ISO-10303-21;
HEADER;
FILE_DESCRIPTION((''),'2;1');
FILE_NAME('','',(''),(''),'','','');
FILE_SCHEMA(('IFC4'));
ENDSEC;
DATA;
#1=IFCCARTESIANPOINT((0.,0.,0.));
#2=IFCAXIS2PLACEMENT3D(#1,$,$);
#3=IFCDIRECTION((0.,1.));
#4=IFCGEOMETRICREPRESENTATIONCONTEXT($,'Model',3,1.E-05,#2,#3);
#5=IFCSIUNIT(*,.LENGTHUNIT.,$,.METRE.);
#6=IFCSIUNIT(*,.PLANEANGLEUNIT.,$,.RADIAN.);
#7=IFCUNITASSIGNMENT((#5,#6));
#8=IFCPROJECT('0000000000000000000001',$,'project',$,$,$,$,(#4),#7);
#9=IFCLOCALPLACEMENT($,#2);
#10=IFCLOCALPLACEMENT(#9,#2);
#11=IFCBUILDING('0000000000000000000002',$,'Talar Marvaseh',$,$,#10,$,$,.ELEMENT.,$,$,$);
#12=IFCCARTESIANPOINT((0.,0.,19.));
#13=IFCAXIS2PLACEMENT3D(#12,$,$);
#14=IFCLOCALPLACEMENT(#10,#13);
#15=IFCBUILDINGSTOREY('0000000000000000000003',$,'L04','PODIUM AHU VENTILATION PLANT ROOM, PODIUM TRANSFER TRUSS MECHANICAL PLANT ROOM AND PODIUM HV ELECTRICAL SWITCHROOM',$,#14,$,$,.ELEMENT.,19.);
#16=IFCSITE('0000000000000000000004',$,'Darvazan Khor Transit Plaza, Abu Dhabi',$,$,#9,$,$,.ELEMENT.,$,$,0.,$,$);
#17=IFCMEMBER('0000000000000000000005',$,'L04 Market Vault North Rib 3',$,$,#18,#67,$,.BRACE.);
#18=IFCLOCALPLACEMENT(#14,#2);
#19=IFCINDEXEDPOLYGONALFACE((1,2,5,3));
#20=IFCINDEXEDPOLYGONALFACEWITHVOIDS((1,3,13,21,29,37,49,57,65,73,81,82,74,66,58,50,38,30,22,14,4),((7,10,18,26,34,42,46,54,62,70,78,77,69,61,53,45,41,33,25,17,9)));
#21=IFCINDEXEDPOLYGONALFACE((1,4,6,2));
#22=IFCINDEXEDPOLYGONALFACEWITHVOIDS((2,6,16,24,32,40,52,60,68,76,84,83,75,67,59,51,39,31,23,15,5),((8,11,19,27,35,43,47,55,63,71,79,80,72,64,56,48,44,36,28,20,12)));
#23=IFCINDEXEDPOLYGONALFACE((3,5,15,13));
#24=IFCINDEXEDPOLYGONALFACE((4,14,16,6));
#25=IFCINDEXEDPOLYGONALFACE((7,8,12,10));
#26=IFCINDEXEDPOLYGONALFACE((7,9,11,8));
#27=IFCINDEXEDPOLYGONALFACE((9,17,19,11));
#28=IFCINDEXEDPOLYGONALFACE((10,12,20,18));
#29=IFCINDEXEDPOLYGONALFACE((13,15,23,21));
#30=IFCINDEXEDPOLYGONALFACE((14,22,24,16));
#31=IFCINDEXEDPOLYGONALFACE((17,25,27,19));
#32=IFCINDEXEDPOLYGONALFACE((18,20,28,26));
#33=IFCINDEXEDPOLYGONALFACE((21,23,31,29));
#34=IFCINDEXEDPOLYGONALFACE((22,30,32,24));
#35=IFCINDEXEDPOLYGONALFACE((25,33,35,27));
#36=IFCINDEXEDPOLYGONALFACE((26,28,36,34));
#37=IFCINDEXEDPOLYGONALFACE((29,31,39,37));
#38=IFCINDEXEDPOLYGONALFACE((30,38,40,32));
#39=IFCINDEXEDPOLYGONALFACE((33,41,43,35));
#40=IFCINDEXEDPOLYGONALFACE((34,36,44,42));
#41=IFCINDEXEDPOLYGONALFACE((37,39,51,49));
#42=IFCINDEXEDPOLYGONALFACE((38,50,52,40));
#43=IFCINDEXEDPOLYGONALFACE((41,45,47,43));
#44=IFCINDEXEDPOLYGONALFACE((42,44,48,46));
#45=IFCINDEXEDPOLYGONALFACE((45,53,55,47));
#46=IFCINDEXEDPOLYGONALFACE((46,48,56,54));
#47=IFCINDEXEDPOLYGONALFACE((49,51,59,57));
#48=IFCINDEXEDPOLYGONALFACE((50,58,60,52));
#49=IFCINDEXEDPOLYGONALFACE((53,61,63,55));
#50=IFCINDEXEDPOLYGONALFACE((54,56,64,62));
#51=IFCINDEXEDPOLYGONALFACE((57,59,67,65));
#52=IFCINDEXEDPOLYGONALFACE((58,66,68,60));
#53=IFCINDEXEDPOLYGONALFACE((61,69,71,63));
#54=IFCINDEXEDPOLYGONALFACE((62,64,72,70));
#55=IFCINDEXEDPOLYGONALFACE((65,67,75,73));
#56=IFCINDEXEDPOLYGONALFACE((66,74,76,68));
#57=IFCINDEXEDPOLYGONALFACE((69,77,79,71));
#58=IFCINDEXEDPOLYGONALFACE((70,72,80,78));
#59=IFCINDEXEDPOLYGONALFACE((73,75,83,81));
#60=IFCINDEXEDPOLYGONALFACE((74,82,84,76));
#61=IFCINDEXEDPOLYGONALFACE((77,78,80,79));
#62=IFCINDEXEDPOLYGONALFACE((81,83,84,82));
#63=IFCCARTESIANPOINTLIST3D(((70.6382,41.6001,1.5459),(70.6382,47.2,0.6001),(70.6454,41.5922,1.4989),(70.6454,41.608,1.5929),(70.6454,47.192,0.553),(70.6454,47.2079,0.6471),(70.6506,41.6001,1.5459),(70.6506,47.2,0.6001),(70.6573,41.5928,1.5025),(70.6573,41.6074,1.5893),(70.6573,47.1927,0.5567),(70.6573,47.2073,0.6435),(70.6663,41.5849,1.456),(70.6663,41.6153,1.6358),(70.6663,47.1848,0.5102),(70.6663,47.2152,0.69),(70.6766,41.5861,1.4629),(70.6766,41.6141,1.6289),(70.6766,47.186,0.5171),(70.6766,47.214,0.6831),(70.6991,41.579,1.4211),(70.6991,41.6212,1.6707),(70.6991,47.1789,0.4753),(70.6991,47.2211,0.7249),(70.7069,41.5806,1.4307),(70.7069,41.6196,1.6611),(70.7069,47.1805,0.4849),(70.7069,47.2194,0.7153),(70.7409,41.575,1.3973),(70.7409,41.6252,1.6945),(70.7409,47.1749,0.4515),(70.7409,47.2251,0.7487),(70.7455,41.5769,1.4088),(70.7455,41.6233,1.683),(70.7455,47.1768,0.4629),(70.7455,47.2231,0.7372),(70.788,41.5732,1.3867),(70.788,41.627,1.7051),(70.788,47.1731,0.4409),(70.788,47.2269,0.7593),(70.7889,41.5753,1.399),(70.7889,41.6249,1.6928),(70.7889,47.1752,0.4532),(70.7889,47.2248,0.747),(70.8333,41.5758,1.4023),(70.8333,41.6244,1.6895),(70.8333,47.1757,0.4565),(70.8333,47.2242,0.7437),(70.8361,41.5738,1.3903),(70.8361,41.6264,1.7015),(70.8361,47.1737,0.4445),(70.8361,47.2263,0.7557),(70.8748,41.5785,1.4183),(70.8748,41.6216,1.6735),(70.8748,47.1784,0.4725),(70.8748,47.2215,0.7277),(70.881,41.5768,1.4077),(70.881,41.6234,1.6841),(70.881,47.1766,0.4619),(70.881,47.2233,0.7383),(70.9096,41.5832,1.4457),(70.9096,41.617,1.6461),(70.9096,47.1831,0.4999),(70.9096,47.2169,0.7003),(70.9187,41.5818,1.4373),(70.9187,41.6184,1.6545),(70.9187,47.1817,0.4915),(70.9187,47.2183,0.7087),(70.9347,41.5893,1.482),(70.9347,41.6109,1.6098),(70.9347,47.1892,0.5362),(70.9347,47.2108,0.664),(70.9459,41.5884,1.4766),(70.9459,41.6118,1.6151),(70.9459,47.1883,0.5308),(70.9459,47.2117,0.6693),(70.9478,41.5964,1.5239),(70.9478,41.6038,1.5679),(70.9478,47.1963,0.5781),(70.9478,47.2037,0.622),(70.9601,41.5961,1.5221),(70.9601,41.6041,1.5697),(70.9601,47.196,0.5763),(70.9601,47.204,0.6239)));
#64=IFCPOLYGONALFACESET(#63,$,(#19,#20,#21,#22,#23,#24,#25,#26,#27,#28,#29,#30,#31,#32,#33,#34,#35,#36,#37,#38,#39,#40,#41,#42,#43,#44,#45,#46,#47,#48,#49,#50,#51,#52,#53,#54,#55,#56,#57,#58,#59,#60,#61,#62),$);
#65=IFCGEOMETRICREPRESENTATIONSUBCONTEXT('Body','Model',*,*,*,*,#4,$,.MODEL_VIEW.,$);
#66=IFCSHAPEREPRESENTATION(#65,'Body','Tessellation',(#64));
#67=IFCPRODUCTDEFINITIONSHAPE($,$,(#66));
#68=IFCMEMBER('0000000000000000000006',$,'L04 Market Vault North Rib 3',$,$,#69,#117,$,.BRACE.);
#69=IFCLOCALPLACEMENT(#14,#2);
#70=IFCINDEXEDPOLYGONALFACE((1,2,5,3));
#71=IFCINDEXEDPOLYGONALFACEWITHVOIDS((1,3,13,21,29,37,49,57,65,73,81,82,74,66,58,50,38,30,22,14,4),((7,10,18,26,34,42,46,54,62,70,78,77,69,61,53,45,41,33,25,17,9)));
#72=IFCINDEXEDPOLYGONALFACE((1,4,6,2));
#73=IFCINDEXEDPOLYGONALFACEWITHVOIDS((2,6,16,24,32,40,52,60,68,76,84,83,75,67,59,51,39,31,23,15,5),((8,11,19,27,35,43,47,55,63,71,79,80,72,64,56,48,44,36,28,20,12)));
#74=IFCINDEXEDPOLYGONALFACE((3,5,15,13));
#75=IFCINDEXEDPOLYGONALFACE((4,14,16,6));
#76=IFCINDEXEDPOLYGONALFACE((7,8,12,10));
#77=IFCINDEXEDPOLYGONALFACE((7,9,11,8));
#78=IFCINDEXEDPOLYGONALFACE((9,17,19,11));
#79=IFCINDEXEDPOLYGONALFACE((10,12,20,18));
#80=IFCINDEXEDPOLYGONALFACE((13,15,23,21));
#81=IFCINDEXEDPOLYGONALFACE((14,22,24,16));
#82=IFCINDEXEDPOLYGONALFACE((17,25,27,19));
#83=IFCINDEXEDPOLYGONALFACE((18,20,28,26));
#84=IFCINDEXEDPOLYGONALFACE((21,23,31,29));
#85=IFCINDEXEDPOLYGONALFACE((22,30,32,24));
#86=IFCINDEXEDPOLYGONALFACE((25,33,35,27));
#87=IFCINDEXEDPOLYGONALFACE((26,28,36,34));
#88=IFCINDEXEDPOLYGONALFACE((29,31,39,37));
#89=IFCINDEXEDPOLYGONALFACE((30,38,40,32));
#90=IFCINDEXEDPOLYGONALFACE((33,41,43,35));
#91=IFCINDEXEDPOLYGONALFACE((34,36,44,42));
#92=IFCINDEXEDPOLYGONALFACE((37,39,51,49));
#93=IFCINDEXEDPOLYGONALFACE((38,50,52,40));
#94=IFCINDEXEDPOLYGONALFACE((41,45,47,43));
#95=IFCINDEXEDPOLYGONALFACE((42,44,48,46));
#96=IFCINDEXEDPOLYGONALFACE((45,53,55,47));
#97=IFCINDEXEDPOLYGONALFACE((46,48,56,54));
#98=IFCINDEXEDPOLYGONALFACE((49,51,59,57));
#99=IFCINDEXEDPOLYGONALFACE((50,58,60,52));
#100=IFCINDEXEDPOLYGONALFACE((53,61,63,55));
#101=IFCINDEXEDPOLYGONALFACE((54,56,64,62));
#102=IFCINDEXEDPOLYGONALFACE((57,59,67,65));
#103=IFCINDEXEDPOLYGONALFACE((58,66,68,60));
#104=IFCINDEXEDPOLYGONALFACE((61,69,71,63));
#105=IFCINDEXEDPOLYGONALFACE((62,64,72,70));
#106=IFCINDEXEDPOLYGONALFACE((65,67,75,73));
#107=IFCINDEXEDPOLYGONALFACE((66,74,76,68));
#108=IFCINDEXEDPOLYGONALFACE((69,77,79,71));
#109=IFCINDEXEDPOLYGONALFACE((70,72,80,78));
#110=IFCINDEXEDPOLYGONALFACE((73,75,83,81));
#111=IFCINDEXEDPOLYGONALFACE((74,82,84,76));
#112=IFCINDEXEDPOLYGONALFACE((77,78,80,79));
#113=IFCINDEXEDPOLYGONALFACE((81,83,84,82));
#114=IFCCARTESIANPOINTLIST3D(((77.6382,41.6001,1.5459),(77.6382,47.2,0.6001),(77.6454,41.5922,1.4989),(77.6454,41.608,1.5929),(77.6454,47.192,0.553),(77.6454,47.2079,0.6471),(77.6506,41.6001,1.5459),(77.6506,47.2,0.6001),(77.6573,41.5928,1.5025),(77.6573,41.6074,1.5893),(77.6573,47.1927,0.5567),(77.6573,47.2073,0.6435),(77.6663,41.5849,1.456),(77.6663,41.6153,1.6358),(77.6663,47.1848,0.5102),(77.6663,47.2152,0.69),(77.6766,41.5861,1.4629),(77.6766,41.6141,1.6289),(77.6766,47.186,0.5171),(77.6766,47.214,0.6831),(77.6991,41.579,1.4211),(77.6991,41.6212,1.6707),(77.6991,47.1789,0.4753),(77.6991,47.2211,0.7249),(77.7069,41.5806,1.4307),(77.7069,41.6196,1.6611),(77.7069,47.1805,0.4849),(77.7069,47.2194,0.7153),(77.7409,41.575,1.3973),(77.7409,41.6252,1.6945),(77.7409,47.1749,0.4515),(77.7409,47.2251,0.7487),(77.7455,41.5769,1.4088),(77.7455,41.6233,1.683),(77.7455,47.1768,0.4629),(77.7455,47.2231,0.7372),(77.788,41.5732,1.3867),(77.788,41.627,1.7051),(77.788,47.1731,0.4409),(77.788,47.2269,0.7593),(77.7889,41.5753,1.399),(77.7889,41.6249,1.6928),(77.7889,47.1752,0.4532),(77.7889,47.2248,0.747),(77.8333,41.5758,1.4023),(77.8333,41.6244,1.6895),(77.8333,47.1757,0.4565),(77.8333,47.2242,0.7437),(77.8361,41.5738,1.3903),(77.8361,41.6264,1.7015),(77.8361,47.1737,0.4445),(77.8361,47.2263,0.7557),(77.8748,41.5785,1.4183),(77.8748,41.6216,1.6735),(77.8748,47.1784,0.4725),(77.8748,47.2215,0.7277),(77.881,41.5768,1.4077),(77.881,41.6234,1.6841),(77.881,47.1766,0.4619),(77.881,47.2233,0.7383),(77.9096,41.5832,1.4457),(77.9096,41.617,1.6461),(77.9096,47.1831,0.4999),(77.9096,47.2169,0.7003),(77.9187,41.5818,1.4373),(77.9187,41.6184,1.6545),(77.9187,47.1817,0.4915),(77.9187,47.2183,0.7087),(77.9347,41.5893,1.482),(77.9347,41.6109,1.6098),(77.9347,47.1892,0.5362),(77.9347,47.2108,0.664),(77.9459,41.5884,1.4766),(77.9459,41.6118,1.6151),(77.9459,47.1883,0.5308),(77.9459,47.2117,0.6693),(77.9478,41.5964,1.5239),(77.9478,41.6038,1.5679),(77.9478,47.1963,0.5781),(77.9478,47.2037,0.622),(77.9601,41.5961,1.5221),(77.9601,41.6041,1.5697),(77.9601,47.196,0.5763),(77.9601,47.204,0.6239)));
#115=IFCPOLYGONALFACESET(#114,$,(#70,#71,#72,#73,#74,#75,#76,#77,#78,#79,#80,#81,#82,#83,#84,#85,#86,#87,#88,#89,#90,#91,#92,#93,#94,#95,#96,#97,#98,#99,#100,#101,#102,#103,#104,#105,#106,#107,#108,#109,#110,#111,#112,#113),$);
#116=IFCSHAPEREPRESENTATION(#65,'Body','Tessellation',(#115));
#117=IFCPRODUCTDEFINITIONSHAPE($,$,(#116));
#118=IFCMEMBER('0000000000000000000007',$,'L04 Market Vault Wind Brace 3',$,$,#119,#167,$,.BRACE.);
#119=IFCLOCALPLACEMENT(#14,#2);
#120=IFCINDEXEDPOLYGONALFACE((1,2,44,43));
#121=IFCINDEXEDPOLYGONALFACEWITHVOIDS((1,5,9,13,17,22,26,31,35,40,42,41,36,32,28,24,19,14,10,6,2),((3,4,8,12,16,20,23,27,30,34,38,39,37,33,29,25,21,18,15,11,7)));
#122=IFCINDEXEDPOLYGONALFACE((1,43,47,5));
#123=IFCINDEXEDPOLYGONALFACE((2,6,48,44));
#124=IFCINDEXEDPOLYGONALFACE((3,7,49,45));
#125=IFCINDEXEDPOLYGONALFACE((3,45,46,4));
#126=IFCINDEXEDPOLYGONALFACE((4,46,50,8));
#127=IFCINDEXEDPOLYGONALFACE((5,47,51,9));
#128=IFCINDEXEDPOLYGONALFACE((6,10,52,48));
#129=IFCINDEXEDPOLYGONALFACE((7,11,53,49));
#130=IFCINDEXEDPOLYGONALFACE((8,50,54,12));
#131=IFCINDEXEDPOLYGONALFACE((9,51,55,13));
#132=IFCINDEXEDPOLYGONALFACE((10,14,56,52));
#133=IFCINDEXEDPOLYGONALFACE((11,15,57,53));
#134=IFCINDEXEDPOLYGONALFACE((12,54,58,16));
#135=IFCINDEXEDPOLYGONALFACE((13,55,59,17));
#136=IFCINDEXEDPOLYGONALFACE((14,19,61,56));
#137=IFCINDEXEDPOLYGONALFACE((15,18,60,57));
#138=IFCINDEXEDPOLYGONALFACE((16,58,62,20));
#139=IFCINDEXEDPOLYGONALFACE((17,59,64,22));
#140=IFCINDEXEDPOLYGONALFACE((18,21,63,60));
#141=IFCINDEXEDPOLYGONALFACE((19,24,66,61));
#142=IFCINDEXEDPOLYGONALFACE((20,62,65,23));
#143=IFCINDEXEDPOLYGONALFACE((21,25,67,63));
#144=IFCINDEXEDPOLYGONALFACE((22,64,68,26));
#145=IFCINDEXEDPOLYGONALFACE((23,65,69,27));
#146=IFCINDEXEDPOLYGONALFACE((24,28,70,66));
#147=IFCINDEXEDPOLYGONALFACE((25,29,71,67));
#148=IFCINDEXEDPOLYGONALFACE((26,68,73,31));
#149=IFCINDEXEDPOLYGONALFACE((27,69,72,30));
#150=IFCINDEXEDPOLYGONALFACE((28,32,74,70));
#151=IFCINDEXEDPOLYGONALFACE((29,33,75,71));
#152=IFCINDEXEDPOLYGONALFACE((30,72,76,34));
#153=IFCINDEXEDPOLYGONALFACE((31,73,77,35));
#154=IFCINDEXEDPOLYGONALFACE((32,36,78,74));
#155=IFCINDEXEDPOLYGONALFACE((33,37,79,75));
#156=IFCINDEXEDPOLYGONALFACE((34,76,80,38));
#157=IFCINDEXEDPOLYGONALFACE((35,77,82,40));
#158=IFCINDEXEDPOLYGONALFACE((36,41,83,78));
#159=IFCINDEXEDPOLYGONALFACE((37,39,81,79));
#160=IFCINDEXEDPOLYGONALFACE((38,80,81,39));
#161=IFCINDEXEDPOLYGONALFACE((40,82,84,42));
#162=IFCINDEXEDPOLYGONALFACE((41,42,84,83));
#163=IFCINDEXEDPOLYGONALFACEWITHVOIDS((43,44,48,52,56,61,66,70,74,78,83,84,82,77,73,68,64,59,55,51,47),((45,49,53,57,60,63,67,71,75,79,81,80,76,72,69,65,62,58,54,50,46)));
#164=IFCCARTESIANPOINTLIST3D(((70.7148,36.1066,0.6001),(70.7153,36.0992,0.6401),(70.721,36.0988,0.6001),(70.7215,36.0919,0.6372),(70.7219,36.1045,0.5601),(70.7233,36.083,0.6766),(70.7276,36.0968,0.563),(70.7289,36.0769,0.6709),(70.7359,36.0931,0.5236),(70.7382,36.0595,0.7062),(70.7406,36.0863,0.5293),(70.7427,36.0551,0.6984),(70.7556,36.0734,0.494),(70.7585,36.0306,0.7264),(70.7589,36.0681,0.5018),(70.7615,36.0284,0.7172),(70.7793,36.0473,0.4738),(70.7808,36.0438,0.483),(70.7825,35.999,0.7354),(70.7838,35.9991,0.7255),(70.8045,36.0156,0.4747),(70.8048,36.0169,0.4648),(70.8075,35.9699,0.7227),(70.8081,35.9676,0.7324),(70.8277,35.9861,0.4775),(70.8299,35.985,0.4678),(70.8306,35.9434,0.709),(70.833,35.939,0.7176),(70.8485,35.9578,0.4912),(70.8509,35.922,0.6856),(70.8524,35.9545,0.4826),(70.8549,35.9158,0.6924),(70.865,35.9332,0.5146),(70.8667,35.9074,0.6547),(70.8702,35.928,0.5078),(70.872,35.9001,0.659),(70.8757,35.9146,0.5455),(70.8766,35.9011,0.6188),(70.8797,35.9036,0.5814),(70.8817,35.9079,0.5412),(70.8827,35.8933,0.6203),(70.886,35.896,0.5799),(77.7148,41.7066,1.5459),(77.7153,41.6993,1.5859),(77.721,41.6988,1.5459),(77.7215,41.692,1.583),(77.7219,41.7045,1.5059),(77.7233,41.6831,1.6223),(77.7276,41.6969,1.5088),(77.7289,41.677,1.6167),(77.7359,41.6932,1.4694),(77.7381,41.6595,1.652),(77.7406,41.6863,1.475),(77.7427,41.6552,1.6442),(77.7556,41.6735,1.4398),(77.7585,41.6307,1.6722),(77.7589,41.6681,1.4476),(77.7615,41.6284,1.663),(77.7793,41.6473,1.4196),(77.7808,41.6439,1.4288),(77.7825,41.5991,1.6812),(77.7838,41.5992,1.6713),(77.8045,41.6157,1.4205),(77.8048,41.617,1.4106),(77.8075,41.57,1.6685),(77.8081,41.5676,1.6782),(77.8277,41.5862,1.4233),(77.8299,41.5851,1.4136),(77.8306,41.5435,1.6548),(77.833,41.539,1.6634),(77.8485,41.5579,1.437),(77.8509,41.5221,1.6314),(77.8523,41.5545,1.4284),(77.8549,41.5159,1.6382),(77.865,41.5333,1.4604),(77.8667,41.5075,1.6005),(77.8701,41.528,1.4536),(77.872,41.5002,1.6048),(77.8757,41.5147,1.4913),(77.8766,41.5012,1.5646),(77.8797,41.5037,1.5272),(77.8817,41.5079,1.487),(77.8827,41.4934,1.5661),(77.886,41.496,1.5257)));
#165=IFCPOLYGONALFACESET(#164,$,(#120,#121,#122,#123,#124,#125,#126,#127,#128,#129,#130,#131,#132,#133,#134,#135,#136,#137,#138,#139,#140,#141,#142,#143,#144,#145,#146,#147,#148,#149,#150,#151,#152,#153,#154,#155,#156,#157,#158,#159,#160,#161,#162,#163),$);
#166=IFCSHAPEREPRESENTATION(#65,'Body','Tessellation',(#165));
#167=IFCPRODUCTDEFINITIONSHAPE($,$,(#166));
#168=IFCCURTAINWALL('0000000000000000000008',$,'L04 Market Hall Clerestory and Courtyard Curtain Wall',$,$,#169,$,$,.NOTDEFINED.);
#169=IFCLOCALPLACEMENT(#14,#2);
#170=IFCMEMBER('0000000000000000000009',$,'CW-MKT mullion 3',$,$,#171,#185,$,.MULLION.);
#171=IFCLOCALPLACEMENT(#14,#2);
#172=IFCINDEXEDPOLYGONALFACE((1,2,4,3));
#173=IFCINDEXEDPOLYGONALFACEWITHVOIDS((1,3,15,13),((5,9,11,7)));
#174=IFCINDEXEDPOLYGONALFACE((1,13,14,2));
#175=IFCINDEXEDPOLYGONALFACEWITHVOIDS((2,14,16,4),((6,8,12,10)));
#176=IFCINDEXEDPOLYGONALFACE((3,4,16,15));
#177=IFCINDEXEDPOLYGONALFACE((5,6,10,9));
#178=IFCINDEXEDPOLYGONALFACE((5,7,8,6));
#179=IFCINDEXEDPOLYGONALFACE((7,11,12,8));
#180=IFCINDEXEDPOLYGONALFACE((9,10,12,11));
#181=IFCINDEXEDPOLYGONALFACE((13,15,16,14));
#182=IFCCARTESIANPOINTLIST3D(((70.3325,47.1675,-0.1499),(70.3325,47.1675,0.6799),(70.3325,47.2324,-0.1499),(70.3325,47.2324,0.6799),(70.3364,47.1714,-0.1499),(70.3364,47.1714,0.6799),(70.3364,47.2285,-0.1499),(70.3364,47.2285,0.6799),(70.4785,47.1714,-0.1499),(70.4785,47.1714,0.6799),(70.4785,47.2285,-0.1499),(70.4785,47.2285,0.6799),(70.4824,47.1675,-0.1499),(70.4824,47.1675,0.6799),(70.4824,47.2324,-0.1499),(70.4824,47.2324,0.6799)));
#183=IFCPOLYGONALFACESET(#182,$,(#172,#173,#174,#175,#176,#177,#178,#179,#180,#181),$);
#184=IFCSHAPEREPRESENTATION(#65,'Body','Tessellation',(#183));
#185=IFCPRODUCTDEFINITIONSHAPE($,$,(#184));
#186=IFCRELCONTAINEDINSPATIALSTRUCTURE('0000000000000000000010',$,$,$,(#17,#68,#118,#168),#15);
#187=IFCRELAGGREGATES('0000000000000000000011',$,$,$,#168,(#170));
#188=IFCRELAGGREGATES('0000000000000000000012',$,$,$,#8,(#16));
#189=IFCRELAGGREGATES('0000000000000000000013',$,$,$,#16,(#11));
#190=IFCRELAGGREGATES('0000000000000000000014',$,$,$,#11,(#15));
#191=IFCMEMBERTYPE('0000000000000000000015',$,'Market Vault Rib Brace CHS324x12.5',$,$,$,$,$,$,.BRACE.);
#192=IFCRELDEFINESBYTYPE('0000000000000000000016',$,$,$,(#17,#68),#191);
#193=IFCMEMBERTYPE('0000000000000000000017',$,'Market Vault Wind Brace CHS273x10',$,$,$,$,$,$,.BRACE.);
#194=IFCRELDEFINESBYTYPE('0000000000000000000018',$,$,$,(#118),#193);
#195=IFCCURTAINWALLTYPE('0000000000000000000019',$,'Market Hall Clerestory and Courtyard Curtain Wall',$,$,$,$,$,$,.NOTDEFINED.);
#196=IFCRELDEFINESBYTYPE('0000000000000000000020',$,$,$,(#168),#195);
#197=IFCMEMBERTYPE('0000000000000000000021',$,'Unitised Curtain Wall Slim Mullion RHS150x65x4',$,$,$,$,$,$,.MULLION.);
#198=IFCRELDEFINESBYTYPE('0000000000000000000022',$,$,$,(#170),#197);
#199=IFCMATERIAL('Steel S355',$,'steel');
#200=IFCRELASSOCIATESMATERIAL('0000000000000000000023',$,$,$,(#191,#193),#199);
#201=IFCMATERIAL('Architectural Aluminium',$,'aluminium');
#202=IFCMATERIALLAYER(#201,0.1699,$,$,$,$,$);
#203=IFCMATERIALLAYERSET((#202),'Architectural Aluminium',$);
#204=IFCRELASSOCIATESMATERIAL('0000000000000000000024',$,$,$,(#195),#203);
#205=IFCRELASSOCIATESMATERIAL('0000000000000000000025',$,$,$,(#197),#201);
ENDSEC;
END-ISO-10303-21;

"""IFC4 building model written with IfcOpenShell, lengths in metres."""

from ifc_helpers import new_model, si_unit, direction, frame, origin, origin_2d, place, context, subcontext, project, spatial, hollow_rectangle, hollow_circle, extrude, source, transform, mapped, material, layer, layer_set, material_profile, profile_set, type_object, type_shapes, element, aggregate, save


model = new_model("IFC4")

# Units and contexts
model_context = context("Model", 3, precision=1e-05, world=origin(), true_north=direction((0.0, 1.0)))
body_context = subcontext(model_context, "Body", "Model", "MODEL_VIEW")
ifc_project = project(units=[si_unit("LENGTHUNIT", "METRE"), si_unit("PLANEANGLEUNIT", "RADIAN")], contexts=[model_context])

# Site, building, storey
site_placement = place(None, origin())
site = spatial("IfcSite", under=ifc_project, at=site_placement, Name="Darvazan Khor Transit Plaza, Abu Dhabi", CompositionType="ELEMENT", RefElevation=0.0)
building_placement = place(site_placement, origin())
building = spatial("IfcBuilding", under=site, at=building_placement, Name="Talar Marvaseh", CompositionType="ELEMENT")
storey_placement = place(building_placement, frame((0.0, 0.0, 19.0)))
storey = spatial("IfcBuildingStorey", under=building, at=storey_placement, Name="L04", Description="PODIUM AHU VENTILATION PLANT ROOM, PODIUM TRANSFER TRUSS MECHANICAL PLANT ROOM AND PODIUM HV ELECTRICAL SWITCHROOM", CompositionType="ELEMENT", Elevation=19.0)

# Shared definitions
ifc_material_1 = material(Name="Steel S355", Category="steel")

# Members
ifc_material_profile_1 = material_profile(ifc_material_1, hollow_circle(Radius=0.1619, WallThickness=0.0125, at=origin_2d()), Name="CHS324x12.5")
ifc_profile_set_1 = profile_set([ifc_material_profile_1], Name="Steel S355")
member_type_1 = type_object("IfcMemberType", Name="Market Vault Rib Brace CHS324x12.5", PredefinedType="BRACE", material=ifc_profile_set_1)
shared_shape_1 = source(origin(), body_context, "Body", "SweptSolid", [
    extrude(hollow_circle(Radius=0.1619, WallThickness=0.0125, at=origin_2d()), origin(), (0.0, 0.0, 1.0), 5.6792),
])
for number, where, z_axis, x_axis, name in (
    (1, (70.8, 41.6001, 1.5459), (0.0, 0.986035, -0.166539), (-1.0, 0.0, 0.0), "L04 Market Vault North Rib 3"),
    (2, (77.8, 41.6001, 1.5459), (0.0, 0.986035, -0.166539), (-1.0, 0.0, 0.0), "L04 Market Vault North Rib 3"),
):
    element("IfcMember", number, at=place(storey_placement, frame(where, z_axis=z_axis, x_axis=x_axis)), inside=storey, type_object=member_type_1, Name=name, PredefinedType="BRACE", context=body_context, shape_type="MappedRepresentation", body=[
        mapped(shared_shape_1, transform((0.0, 0.0, 0.0), x_axis=(1.0, 0.0, 0.0), y_axis=(0.0, 1.0, 0.0), z_axis=(0.0, 0.0, 1.0), scale=1.0)),
    ])
ifc_material_profile_2 = material_profile(ifc_material_1, hollow_circle(Radius=0.1365, WallThickness=0.01, at=origin_2d()), Name="CHS273x10")
ifc_profile_set_2 = profile_set([ifc_material_profile_2], Name="Steel S355")
member_type_2 = type_object("IfcMemberType", Name="Market Vault Wind Brace CHS273x10", PredefinedType="BRACE", material=ifc_profile_set_2)
shared_shape_2 = source(origin(), body_context, "Body", "SweptSolid", [
    extrude(hollow_circle(Radius=0.1365, WallThickness=0.01, at=origin_2d()), origin(), (0.0, 0.0, 1.0), 9.0142),
])
type_shapes(member_type_2, [shared_shape_2])
member_1_placement = place(storey_placement, frame((70.8, 36.0, 0.6001), z_axis=(0.776553, 0.621254, 0.104924), x_axis=(-0.624702, 0.780863, 0.0)))
element("IfcMember", 3, at=member_1_placement, inside=storey, type_object=member_type_2, Name="L04 Market Vault Wind Brace 3", PredefinedType="BRACE", context=body_context, shape_type="MappedRepresentation", body=[
    mapped(shared_shape_2, transform((0.0, 0.0, 0.0), x_axis=(1.0, 0.0, 0.0), y_axis=(0.0, 1.0, 0.0), z_axis=(0.0, 0.0, 1.0), scale=1.0)),
])

# Curtain wall, member
ifc_material_2 = material(Name="Architectural Aluminium", Category="aluminium")
ifc_layer_1 = layer(ifc_material_2, 0.1699)
ifc_layer_set_1 = layer_set([ifc_layer_1], Name="Architectural Aluminium")
curtain_wall_type = type_object("IfcCurtainWallType", Name="Market Hall Clerestory and Courtyard Curtain Wall", PredefinedType="NOTDEFINED", material=ifc_layer_set_1)
curtain_wall_1_placement = place(storey_placement, origin())
curtain_wall_1 = element("IfcCurtainWall", 4, at=curtain_wall_1_placement, inside=storey, type_object=curtain_wall_type, Name="L04 Market Hall Clerestory and Courtyard Curtain Wall", PredefinedType="NOTDEFINED")
ifc_material_profile_3 = material_profile(ifc_material_2, hollow_rectangle(XDim=0.0649, YDim=0.1499, WallThickness=0.0039, at=origin_2d()), Name="RHS150x65x4")
ifc_profile_set_3 = profile_set([ifc_material_profile_3], Name="Architectural Aluminium")
member_type_3 = type_object("IfcMemberType", Name="Unitised Curtain Wall Slim Mullion RHS150x65x4", PredefinedType="MULLION", material=ifc_profile_set_3)
shared_shape_3 = source(origin(), body_context, "Body", "SweptSolid", [
    extrude(hollow_rectangle(XDim=0.0649, YDim=0.1499, WallThickness=0.0039, at=origin_2d()), origin(), (0.0, 0.0, 1.0), 0.8298),
])
type_shapes(member_type_3, [shared_shape_3])
member_2_placement = place(storey_placement, frame((70.4075, 47.2, -0.1499), z_axis=(0.0, 0.0, 1.0), x_axis=(0.0, 1.0, 0.0)))
member_2 = element("IfcMember", 5, at=member_2_placement, type_object=member_type_3, Name="CW-MKT mullion 3", PredefinedType="MULLION", context=body_context, shape_type="MappedRepresentation", body=[
    mapped(shared_shape_3, transform((0.0, 0.0, 0.0), x_axis=(1.0, 0.0, 0.0), y_axis=(0.0, 1.0, 0.0), z_axis=(0.0, 0.0, 1.0), scale=1.0)),
])
aggregate(curtain_wall_1, [member_2])

save(model, "model.ifc")
